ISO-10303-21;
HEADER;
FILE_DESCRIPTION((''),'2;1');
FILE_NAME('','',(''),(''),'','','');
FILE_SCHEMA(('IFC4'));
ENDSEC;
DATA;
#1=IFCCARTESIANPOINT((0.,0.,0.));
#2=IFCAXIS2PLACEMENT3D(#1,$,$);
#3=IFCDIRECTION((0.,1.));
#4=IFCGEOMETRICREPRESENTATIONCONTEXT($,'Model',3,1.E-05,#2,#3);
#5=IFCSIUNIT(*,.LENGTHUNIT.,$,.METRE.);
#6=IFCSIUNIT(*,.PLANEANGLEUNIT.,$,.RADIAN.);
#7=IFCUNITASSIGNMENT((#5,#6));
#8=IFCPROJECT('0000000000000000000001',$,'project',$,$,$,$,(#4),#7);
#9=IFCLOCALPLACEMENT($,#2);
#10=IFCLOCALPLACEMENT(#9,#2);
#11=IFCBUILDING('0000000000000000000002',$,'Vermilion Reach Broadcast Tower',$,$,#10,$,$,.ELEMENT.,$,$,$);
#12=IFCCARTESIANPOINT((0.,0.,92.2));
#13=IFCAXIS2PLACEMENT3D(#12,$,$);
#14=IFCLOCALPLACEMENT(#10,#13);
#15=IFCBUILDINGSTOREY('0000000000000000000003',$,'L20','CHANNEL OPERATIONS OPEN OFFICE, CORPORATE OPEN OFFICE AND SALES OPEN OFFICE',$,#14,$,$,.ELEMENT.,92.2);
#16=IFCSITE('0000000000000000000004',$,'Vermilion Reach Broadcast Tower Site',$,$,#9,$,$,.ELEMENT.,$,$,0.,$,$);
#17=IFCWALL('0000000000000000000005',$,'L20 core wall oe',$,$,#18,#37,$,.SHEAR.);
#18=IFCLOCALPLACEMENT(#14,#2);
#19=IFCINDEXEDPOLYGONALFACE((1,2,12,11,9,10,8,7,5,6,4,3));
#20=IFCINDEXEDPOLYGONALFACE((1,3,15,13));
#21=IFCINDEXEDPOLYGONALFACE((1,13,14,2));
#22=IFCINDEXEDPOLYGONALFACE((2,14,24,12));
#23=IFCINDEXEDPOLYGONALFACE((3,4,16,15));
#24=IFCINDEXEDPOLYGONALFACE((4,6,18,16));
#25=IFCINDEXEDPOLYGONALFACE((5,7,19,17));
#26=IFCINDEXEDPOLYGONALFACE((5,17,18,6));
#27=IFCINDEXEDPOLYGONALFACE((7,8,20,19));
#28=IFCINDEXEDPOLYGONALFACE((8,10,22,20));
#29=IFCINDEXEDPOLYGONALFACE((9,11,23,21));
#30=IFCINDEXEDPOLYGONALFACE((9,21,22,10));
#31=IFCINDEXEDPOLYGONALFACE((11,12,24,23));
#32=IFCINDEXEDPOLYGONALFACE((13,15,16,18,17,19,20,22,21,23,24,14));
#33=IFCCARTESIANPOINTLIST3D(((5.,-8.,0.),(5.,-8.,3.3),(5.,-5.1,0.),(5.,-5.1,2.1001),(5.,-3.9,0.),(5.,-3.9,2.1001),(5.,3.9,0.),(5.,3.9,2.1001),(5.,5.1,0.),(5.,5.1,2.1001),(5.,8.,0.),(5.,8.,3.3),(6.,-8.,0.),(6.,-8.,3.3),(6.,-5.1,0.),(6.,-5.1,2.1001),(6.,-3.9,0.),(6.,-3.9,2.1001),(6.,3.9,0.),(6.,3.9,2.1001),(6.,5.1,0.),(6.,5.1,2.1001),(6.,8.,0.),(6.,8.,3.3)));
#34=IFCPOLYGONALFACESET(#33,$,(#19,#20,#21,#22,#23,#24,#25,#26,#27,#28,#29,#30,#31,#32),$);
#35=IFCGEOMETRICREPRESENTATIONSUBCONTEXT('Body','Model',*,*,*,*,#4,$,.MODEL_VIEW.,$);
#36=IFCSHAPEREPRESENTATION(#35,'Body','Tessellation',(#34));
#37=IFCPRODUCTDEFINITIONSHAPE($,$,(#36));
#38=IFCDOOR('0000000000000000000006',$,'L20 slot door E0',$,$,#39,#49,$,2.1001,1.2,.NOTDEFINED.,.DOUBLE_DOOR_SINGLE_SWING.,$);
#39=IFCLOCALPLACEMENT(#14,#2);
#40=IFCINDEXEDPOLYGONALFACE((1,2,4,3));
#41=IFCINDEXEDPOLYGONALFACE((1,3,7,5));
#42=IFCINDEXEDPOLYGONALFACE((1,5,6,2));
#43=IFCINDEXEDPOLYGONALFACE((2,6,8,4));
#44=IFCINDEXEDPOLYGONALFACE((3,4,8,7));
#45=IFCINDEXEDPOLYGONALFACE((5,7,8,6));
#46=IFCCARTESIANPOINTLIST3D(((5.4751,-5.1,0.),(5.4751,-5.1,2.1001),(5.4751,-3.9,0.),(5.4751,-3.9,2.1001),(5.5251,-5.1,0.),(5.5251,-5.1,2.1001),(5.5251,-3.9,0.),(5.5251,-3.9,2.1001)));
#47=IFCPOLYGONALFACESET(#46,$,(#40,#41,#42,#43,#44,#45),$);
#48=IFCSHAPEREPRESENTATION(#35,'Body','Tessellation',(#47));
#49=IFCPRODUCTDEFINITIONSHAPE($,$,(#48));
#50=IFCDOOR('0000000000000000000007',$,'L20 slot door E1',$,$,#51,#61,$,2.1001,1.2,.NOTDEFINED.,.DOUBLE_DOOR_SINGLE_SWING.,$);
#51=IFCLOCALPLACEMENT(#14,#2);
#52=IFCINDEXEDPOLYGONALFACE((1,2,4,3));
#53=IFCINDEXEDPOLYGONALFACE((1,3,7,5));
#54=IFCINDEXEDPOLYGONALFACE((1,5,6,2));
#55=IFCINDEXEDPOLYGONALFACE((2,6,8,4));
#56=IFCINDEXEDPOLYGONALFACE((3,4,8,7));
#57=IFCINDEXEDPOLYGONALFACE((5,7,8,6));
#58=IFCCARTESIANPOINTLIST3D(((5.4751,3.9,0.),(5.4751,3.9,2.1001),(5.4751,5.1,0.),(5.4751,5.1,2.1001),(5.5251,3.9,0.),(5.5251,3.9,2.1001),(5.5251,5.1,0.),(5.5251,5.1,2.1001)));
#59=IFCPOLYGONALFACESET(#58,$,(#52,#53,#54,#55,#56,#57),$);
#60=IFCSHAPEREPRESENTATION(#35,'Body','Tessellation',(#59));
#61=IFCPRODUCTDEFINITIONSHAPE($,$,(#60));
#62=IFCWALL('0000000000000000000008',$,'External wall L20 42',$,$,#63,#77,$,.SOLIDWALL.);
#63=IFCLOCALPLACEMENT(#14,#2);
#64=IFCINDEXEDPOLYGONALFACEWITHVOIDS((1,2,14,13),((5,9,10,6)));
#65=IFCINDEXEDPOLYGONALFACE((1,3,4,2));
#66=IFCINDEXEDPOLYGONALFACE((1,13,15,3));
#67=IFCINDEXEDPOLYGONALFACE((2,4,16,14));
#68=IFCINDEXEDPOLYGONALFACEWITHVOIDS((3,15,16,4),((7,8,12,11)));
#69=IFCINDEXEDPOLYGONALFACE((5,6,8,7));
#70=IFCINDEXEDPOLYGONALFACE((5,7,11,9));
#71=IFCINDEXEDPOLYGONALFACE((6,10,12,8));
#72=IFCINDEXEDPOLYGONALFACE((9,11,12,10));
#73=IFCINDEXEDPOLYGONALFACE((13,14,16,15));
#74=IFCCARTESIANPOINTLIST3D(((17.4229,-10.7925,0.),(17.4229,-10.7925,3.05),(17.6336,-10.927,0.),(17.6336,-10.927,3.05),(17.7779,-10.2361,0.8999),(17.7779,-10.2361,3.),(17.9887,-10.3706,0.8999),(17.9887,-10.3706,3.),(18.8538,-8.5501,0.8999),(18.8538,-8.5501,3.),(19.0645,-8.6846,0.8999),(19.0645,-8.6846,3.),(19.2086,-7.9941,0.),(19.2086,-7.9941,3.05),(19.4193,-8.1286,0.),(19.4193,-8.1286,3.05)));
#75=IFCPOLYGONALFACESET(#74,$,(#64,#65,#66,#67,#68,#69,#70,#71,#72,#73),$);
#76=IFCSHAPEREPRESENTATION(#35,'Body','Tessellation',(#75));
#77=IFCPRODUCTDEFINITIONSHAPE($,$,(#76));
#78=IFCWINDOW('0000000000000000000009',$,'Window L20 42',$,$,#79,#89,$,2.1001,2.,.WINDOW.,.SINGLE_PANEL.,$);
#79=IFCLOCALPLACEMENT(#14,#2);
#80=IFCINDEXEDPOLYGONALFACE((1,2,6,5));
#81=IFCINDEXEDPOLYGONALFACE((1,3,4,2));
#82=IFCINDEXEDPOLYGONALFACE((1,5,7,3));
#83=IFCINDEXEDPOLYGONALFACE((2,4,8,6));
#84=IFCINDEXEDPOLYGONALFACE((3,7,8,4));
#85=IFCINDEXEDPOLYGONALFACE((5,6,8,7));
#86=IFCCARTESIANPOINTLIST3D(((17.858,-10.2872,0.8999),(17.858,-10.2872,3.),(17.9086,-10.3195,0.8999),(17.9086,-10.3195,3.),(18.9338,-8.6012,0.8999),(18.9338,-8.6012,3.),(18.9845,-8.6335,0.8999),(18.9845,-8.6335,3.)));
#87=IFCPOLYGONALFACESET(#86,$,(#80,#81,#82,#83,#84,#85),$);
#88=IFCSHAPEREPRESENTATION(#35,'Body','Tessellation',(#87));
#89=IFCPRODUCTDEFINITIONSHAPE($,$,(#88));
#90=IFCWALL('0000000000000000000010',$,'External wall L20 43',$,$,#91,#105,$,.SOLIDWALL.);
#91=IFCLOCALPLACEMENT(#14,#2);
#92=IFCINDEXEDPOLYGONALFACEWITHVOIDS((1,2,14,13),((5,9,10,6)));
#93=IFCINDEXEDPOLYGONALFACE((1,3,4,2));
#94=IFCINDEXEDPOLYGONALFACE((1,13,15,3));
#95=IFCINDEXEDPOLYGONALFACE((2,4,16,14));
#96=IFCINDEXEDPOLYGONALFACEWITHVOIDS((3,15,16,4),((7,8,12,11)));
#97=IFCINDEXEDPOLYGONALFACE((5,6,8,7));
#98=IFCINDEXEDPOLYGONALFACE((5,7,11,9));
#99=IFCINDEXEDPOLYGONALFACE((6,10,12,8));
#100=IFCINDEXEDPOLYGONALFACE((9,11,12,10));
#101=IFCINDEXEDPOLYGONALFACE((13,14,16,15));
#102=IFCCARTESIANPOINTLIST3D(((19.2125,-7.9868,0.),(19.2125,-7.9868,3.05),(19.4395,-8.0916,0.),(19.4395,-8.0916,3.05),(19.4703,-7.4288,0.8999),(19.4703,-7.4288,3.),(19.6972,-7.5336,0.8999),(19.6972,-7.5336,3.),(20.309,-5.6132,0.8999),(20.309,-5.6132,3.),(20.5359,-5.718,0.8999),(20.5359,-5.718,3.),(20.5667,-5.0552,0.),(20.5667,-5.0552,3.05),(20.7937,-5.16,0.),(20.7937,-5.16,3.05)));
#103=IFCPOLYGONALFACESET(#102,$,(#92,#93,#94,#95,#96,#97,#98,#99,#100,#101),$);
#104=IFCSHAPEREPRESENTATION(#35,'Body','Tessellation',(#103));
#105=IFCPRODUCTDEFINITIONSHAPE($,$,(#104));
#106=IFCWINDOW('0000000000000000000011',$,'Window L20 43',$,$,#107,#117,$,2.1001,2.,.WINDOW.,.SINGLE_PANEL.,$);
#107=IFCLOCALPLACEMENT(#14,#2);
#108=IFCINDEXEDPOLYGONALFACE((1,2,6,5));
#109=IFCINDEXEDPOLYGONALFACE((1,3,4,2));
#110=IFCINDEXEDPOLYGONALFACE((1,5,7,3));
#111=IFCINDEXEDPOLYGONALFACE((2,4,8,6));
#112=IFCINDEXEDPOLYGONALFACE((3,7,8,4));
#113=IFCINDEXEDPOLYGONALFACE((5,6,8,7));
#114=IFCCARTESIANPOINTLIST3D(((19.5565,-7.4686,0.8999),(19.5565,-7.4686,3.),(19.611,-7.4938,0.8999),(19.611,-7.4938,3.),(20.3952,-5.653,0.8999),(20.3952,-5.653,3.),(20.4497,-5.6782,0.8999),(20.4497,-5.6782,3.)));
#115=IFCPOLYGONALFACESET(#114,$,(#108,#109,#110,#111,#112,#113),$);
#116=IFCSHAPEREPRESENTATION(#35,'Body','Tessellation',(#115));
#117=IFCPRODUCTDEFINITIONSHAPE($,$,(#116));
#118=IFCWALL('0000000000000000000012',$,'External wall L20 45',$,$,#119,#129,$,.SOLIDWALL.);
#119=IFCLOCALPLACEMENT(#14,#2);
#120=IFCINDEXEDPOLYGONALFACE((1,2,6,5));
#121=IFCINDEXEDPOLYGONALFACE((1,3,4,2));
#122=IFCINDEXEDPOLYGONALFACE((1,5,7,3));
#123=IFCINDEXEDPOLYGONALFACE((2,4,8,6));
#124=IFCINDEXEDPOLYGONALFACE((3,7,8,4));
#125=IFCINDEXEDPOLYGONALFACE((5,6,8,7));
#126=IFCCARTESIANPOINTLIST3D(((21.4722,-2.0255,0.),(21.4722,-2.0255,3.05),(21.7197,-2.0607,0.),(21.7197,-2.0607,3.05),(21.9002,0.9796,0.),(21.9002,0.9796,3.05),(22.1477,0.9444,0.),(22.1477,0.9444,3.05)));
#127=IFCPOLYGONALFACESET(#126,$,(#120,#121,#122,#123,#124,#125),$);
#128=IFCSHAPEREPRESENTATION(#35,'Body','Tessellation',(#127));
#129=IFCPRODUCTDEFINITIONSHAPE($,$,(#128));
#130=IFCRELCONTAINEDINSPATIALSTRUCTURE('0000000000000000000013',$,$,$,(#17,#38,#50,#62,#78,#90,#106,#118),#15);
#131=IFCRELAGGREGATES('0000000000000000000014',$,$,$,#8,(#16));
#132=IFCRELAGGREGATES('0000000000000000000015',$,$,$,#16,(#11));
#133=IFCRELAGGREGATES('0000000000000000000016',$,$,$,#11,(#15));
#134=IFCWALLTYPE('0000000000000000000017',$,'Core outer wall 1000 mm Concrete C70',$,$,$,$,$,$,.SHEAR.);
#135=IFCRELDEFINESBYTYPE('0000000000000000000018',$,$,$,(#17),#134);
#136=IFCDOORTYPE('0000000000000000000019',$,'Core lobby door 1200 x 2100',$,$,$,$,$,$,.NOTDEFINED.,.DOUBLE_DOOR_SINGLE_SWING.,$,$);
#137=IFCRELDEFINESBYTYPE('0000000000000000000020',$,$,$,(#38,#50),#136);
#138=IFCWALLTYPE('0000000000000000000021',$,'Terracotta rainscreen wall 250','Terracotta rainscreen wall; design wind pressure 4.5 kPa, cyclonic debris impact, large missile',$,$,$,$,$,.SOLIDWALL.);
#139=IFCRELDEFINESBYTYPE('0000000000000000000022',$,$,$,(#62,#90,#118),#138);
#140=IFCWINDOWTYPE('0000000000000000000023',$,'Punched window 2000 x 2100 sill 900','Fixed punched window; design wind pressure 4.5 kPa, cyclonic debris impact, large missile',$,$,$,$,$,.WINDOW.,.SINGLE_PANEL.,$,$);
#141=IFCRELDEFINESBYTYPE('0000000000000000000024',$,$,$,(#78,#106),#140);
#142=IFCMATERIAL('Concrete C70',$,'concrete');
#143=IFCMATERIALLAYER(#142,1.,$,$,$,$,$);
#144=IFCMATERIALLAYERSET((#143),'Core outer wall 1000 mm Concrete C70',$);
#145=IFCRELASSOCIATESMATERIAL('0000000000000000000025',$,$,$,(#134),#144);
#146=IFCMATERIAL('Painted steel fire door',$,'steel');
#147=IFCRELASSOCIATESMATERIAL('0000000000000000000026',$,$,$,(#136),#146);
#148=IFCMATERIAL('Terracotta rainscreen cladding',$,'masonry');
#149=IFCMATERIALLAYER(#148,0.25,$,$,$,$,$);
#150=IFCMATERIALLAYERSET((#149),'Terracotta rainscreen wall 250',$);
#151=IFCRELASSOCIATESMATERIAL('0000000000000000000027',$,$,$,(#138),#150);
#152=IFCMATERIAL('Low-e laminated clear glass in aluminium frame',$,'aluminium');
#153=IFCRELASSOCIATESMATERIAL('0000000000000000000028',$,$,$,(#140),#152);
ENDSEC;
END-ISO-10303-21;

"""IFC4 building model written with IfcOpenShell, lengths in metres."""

from ifc_helpers import new_model, si_unit, direction, frame, frame_2d, origin, place, context, subcontext, project, spatial, rectangle, extrude, material, layer, layer_set, type_object, element, fill, save


model = new_model("IFC4")

# Units and contexts
model_context = context("Model", 3, precision=1e-05, world=origin(), true_north=direction((0.0, 1.0)))
body_context = subcontext(model_context, "Body", "Model", "MODEL_VIEW")
ifc_project = project(units=[si_unit("LENGTHUNIT", "METRE"), si_unit("PLANEANGLEUNIT", "RADIAN")], contexts=[model_context])

# Site, building, storey
site_placement = place(None, origin())
site = spatial("IfcSite", under=ifc_project, at=site_placement, Name="Vermilion Reach Broadcast Tower Site", CompositionType="ELEMENT", RefElevation=0.0)
building_placement = place(site_placement, origin())
building = spatial("IfcBuilding", under=site, at=building_placement, Name="Vermilion Reach Broadcast Tower", CompositionType="ELEMENT")
storey_placement = place(building_placement, frame((0.0, 0.0, 92.2)))
storey = spatial("IfcBuildingStorey", under=building, at=storey_placement, Name="L20", Description="CHANNEL OPERATIONS OPEN OFFICE, CORPORATE OPEN OFFICE AND SALES OPEN OFFICE", CompositionType="ELEMENT", Elevation=92.2)

# Wall, openings, doors
ifc_material_1 = material(Name="Concrete C70", Category="concrete")
ifc_layer_1 = layer(ifc_material_1, 1.0)
ifc_layer_set_1 = layer_set([ifc_layer_1], Name="Core outer wall 1000 mm Concrete C70")
wall_type_1 = type_object("IfcWallType", Name="Core outer wall 1000 mm Concrete C70", PredefinedType="SHEAR", material=ifc_layer_set_1)
wall_1_placement = place(storey_placement, frame((5.5, -8.0, 0.0), z_axis=(0.0, 0.0, 1.0), x_axis=(0.0, 1.0, 0.0)))
wall_1 = element("IfcWall", 1, at=wall_1_placement, inside=storey, type_object=wall_type_1, Name="L20 core wall oe", PredefinedType="SHEAR", context=body_context, shape_type="SweptSolid", body=[
    extrude(rectangle(XDim=16.0, YDim=1.0, at=frame_2d((8.0, 0.0))), origin(), (0.0, 0.0, 1.0), 3.3),
])
opening_1_placement = place(wall_1_placement, frame((2.8999, 0.0, 0.0)))
opening_1 = element("IfcOpeningElement", 2, at=opening_1_placement, cuts=wall_1, PredefinedType="OPENING", context=body_context, shape_type="SweptSolid", body=[
    extrude(rectangle(XDim=1.2, YDim=2.1001, at=frame_2d((0.6001, 1.05))), frame((0.0, 0.51, 0.0), z_axis=(0.0, -1.0, 0.0), x_axis=(1.0, 0.0, 0.0)), (0.0, 0.0, 1.0), 1.02),
])
opening_2_placement = place(wall_1_placement, frame((11.8999, 0.0, 0.0)))
opening_2 = element("IfcOpeningElement", 3, at=opening_2_placement, cuts=wall_1, PredefinedType="OPENING", context=body_context, shape_type="SweptSolid", body=[
    extrude(rectangle(XDim=1.2, YDim=2.1001, at=frame_2d((0.6001, 1.05))), frame((0.0, 0.51, 0.0), z_axis=(0.0, -1.0, 0.0), x_axis=(1.0, 0.0, 0.0)), (0.0, 0.0, 1.0), 1.02),
])
ifc_material_2 = material(Name="Painted steel fire door", Category="steel")
door_type_1 = type_object("IfcDoorType", Name="Core lobby door 1200 x 2100", OperationType="DOUBLE_DOOR_SINGLE_SWING", PredefinedType="NOTDEFINED", material=ifc_material_2)
door_1_placement = place(opening_1_placement, origin())
door_1 = element("IfcDoor", 4, at=door_1_placement, inside=storey, type_object=door_type_1, Name="L20 slot door E0", OperationType="DOUBLE_DOOR_SINGLE_SWING", OverallHeight=2.1001, OverallWidth=1.2, PredefinedType="NOTDEFINED", context=body_context, shape_type="SweptSolid", body=[
    extrude(rectangle(XDim=1.2, YDim=2.1001, at=frame_2d((0.6001, 1.05))), frame((0.0, 0.0249, 0.0), z_axis=(0.0, -1.0, 0.0), x_axis=(1.0, 0.0, 0.0)), (0.0, 0.0, 1.0), 0.05),
])
fill(opening_1, door_1)
door_2_placement = place(opening_2_placement, origin())
door_2 = element("IfcDoor", 5, at=door_2_placement, inside=storey, type_object=door_type_1, Name="L20 slot door E1", OperationType="DOUBLE_DOOR_SINGLE_SWING", OverallHeight=2.1001, OverallWidth=1.2, PredefinedType="NOTDEFINED", context=body_context, shape_type="SweptSolid", body=[
    extrude(rectangle(XDim=1.2, YDim=2.1001, at=frame_2d((0.6001, 1.05))), frame((0.0, 0.0249, 0.0), z_axis=(0.0, -1.0, 0.0), x_axis=(1.0, 0.0, 0.0)), (0.0, 0.0, 1.0), 0.05),
])
fill(opening_2, door_2)

# Walls, openings, windows
ifc_material_3 = material(Name="Terracotta rainscreen cladding", Category="masonry")
ifc_layer_2 = layer(ifc_material_3, 0.25)
ifc_layer_set_2 = layer_set([ifc_layer_2], Name="Terracotta rainscreen wall 250")
wall_type_2 = type_object("IfcWallType", Name="Terracotta rainscreen wall 250", Description="Terracotta rainscreen wall; design wind pressure 4.5 kPa, cyclonic debris impact, large missile", PredefinedType="SOLIDWALL", material=ifc_layer_set_2)
wall_2_placement = place(storey_placement, frame((17.5283, -10.8596, 0.0), z_axis=(0.0, 0.0, 1.0), x_axis=(0.537922, 0.842995, 0.0)))
wall_2 = element("IfcWall", 6, at=wall_2_placement, inside=storey, type_object=wall_type_2, Name="External wall L20 42", PredefinedType="SOLIDWALL", context=body_context, shape_type="SweptSolid", body=[
    extrude(rectangle(XDim=3.3196, YDim=0.25, at=frame_2d((1.6597, 0.0))), origin(), (0.0, 0.0, 1.0), 3.05),
])
opening_3_placement = place(wall_2_placement, frame((0.6599, 0.0, 0.8999)))
opening_3 = element("IfcOpeningElement", 7, at=opening_3_placement, cuts=wall_2, PredefinedType="OPENING", context=body_context, shape_type="SweptSolid", body=[
    extrude(rectangle(XDim=2.0, YDim=2.1001, at=frame_2d((1.0, 1.05))), frame((0.0, 0.135, 0.0), z_axis=(0.0, -1.0, 0.0), x_axis=(1.0, 0.0, 0.0)), (0.0, 0.0, 1.0), 0.27),
])
ifc_material_4 = material(Name="Low-e laminated clear glass in aluminium frame", Category="aluminium")
window_type = type_object("IfcWindowType", Name="Punched window 2000 x 2100 sill 900", Description="Fixed punched window; design wind pressure 4.5 kPa, cyclonic debris impact, large missile", PartitioningType="SINGLE_PANEL", PredefinedType="WINDOW", material=ifc_material_4)
window_1_placement = place(opening_3_placement, origin())
window_1 = element("IfcWindow", 8, at=window_1_placement, inside=storey, type_object=window_type, Name="Window L20 42", OverallHeight=2.1001, OverallWidth=2.0, PartitioningType="SINGLE_PANEL", PredefinedType="WINDOW", context=body_context, shape_type="SweptSolid", body=[
    extrude(rectangle(XDim=2.0, YDim=2.1001, at=frame_2d((1.0, 1.05))), frame((0.0, 0.03, 0.0), z_axis=(0.0, -1.0, 0.0), x_axis=(1.0, 0.0, 0.0)), (0.0, 0.0, 1.0), 0.0601),
])
fill(opening_3, window_1)
wall_3_placement = place(storey_placement, frame((19.3259, -8.0393, 0.0), z_axis=(0.0, 0.0, 1.0), x_axis=(0.41936, 0.90782, 0.0)))
wall_3 = element("IfcWall", 9, at=wall_3_placement, inside=storey, type_object=wall_type_2, Name="External wall L20 43", PredefinedType="SOLIDWALL", context=body_context, shape_type="SweptSolid", body=[
    extrude(rectangle(XDim=3.2292, YDim=0.25, at=frame_2d((1.6147, 0.0))), origin(), (0.0, 0.0, 1.0), 3.05),
])
opening_4_placement = place(wall_3_placement, frame((0.6147, 0.0, 0.8999)))
opening_4 = element("IfcOpeningElement", 10, at=opening_4_placement, cuts=wall_3, PredefinedType="OPENING", context=body_context, shape_type="SweptSolid", body=[
    extrude(rectangle(XDim=2.0, YDim=2.1001, at=frame_2d((1.0, 1.05))), frame((0.0, 0.135, 0.0), z_axis=(0.0, -1.0, 0.0), x_axis=(1.0, 0.0, 0.0)), (0.0, 0.0, 1.0), 0.27),
])
window_2_placement = place(opening_4_placement, origin())
window_2 = element("IfcWindow", 11, at=window_2_placement, inside=storey, type_object=window_type, Name="Window L20 43", OverallHeight=2.1001, OverallWidth=2.0, PartitioningType="SINGLE_PANEL", PredefinedType="WINDOW", context=body_context, shape_type="SweptSolid", body=[
    extrude(rectangle(XDim=2.0, YDim=2.1001, at=frame_2d((1.0, 1.05))), frame((0.0, 0.03, 0.0), z_axis=(0.0, -1.0, 0.0), x_axis=(1.0, 0.0, 0.0)), (0.0, 0.0, 1.0), 0.0601),
])
fill(opening_4, window_2)

# Wall
wall_4_placement = place(storey_placement, frame((21.5959, -2.043, 0.0), z_axis=(0.0, 0.0, 1.0), x_axis=(0.140993, 0.990011, 0.0)))
element("IfcWall", 12, at=wall_4_placement, inside=storey, type_object=wall_type_2, Name="External wall L20 45", PredefinedType="SOLIDWALL", context=body_context, shape_type="SweptSolid", body=[
    extrude(rectangle(XDim=3.0354, YDim=0.25, at=frame_2d((1.5176, 0.0))), origin(), (0.0, 0.0, 1.0), 3.05),
])

save(model, "model.ifc")
